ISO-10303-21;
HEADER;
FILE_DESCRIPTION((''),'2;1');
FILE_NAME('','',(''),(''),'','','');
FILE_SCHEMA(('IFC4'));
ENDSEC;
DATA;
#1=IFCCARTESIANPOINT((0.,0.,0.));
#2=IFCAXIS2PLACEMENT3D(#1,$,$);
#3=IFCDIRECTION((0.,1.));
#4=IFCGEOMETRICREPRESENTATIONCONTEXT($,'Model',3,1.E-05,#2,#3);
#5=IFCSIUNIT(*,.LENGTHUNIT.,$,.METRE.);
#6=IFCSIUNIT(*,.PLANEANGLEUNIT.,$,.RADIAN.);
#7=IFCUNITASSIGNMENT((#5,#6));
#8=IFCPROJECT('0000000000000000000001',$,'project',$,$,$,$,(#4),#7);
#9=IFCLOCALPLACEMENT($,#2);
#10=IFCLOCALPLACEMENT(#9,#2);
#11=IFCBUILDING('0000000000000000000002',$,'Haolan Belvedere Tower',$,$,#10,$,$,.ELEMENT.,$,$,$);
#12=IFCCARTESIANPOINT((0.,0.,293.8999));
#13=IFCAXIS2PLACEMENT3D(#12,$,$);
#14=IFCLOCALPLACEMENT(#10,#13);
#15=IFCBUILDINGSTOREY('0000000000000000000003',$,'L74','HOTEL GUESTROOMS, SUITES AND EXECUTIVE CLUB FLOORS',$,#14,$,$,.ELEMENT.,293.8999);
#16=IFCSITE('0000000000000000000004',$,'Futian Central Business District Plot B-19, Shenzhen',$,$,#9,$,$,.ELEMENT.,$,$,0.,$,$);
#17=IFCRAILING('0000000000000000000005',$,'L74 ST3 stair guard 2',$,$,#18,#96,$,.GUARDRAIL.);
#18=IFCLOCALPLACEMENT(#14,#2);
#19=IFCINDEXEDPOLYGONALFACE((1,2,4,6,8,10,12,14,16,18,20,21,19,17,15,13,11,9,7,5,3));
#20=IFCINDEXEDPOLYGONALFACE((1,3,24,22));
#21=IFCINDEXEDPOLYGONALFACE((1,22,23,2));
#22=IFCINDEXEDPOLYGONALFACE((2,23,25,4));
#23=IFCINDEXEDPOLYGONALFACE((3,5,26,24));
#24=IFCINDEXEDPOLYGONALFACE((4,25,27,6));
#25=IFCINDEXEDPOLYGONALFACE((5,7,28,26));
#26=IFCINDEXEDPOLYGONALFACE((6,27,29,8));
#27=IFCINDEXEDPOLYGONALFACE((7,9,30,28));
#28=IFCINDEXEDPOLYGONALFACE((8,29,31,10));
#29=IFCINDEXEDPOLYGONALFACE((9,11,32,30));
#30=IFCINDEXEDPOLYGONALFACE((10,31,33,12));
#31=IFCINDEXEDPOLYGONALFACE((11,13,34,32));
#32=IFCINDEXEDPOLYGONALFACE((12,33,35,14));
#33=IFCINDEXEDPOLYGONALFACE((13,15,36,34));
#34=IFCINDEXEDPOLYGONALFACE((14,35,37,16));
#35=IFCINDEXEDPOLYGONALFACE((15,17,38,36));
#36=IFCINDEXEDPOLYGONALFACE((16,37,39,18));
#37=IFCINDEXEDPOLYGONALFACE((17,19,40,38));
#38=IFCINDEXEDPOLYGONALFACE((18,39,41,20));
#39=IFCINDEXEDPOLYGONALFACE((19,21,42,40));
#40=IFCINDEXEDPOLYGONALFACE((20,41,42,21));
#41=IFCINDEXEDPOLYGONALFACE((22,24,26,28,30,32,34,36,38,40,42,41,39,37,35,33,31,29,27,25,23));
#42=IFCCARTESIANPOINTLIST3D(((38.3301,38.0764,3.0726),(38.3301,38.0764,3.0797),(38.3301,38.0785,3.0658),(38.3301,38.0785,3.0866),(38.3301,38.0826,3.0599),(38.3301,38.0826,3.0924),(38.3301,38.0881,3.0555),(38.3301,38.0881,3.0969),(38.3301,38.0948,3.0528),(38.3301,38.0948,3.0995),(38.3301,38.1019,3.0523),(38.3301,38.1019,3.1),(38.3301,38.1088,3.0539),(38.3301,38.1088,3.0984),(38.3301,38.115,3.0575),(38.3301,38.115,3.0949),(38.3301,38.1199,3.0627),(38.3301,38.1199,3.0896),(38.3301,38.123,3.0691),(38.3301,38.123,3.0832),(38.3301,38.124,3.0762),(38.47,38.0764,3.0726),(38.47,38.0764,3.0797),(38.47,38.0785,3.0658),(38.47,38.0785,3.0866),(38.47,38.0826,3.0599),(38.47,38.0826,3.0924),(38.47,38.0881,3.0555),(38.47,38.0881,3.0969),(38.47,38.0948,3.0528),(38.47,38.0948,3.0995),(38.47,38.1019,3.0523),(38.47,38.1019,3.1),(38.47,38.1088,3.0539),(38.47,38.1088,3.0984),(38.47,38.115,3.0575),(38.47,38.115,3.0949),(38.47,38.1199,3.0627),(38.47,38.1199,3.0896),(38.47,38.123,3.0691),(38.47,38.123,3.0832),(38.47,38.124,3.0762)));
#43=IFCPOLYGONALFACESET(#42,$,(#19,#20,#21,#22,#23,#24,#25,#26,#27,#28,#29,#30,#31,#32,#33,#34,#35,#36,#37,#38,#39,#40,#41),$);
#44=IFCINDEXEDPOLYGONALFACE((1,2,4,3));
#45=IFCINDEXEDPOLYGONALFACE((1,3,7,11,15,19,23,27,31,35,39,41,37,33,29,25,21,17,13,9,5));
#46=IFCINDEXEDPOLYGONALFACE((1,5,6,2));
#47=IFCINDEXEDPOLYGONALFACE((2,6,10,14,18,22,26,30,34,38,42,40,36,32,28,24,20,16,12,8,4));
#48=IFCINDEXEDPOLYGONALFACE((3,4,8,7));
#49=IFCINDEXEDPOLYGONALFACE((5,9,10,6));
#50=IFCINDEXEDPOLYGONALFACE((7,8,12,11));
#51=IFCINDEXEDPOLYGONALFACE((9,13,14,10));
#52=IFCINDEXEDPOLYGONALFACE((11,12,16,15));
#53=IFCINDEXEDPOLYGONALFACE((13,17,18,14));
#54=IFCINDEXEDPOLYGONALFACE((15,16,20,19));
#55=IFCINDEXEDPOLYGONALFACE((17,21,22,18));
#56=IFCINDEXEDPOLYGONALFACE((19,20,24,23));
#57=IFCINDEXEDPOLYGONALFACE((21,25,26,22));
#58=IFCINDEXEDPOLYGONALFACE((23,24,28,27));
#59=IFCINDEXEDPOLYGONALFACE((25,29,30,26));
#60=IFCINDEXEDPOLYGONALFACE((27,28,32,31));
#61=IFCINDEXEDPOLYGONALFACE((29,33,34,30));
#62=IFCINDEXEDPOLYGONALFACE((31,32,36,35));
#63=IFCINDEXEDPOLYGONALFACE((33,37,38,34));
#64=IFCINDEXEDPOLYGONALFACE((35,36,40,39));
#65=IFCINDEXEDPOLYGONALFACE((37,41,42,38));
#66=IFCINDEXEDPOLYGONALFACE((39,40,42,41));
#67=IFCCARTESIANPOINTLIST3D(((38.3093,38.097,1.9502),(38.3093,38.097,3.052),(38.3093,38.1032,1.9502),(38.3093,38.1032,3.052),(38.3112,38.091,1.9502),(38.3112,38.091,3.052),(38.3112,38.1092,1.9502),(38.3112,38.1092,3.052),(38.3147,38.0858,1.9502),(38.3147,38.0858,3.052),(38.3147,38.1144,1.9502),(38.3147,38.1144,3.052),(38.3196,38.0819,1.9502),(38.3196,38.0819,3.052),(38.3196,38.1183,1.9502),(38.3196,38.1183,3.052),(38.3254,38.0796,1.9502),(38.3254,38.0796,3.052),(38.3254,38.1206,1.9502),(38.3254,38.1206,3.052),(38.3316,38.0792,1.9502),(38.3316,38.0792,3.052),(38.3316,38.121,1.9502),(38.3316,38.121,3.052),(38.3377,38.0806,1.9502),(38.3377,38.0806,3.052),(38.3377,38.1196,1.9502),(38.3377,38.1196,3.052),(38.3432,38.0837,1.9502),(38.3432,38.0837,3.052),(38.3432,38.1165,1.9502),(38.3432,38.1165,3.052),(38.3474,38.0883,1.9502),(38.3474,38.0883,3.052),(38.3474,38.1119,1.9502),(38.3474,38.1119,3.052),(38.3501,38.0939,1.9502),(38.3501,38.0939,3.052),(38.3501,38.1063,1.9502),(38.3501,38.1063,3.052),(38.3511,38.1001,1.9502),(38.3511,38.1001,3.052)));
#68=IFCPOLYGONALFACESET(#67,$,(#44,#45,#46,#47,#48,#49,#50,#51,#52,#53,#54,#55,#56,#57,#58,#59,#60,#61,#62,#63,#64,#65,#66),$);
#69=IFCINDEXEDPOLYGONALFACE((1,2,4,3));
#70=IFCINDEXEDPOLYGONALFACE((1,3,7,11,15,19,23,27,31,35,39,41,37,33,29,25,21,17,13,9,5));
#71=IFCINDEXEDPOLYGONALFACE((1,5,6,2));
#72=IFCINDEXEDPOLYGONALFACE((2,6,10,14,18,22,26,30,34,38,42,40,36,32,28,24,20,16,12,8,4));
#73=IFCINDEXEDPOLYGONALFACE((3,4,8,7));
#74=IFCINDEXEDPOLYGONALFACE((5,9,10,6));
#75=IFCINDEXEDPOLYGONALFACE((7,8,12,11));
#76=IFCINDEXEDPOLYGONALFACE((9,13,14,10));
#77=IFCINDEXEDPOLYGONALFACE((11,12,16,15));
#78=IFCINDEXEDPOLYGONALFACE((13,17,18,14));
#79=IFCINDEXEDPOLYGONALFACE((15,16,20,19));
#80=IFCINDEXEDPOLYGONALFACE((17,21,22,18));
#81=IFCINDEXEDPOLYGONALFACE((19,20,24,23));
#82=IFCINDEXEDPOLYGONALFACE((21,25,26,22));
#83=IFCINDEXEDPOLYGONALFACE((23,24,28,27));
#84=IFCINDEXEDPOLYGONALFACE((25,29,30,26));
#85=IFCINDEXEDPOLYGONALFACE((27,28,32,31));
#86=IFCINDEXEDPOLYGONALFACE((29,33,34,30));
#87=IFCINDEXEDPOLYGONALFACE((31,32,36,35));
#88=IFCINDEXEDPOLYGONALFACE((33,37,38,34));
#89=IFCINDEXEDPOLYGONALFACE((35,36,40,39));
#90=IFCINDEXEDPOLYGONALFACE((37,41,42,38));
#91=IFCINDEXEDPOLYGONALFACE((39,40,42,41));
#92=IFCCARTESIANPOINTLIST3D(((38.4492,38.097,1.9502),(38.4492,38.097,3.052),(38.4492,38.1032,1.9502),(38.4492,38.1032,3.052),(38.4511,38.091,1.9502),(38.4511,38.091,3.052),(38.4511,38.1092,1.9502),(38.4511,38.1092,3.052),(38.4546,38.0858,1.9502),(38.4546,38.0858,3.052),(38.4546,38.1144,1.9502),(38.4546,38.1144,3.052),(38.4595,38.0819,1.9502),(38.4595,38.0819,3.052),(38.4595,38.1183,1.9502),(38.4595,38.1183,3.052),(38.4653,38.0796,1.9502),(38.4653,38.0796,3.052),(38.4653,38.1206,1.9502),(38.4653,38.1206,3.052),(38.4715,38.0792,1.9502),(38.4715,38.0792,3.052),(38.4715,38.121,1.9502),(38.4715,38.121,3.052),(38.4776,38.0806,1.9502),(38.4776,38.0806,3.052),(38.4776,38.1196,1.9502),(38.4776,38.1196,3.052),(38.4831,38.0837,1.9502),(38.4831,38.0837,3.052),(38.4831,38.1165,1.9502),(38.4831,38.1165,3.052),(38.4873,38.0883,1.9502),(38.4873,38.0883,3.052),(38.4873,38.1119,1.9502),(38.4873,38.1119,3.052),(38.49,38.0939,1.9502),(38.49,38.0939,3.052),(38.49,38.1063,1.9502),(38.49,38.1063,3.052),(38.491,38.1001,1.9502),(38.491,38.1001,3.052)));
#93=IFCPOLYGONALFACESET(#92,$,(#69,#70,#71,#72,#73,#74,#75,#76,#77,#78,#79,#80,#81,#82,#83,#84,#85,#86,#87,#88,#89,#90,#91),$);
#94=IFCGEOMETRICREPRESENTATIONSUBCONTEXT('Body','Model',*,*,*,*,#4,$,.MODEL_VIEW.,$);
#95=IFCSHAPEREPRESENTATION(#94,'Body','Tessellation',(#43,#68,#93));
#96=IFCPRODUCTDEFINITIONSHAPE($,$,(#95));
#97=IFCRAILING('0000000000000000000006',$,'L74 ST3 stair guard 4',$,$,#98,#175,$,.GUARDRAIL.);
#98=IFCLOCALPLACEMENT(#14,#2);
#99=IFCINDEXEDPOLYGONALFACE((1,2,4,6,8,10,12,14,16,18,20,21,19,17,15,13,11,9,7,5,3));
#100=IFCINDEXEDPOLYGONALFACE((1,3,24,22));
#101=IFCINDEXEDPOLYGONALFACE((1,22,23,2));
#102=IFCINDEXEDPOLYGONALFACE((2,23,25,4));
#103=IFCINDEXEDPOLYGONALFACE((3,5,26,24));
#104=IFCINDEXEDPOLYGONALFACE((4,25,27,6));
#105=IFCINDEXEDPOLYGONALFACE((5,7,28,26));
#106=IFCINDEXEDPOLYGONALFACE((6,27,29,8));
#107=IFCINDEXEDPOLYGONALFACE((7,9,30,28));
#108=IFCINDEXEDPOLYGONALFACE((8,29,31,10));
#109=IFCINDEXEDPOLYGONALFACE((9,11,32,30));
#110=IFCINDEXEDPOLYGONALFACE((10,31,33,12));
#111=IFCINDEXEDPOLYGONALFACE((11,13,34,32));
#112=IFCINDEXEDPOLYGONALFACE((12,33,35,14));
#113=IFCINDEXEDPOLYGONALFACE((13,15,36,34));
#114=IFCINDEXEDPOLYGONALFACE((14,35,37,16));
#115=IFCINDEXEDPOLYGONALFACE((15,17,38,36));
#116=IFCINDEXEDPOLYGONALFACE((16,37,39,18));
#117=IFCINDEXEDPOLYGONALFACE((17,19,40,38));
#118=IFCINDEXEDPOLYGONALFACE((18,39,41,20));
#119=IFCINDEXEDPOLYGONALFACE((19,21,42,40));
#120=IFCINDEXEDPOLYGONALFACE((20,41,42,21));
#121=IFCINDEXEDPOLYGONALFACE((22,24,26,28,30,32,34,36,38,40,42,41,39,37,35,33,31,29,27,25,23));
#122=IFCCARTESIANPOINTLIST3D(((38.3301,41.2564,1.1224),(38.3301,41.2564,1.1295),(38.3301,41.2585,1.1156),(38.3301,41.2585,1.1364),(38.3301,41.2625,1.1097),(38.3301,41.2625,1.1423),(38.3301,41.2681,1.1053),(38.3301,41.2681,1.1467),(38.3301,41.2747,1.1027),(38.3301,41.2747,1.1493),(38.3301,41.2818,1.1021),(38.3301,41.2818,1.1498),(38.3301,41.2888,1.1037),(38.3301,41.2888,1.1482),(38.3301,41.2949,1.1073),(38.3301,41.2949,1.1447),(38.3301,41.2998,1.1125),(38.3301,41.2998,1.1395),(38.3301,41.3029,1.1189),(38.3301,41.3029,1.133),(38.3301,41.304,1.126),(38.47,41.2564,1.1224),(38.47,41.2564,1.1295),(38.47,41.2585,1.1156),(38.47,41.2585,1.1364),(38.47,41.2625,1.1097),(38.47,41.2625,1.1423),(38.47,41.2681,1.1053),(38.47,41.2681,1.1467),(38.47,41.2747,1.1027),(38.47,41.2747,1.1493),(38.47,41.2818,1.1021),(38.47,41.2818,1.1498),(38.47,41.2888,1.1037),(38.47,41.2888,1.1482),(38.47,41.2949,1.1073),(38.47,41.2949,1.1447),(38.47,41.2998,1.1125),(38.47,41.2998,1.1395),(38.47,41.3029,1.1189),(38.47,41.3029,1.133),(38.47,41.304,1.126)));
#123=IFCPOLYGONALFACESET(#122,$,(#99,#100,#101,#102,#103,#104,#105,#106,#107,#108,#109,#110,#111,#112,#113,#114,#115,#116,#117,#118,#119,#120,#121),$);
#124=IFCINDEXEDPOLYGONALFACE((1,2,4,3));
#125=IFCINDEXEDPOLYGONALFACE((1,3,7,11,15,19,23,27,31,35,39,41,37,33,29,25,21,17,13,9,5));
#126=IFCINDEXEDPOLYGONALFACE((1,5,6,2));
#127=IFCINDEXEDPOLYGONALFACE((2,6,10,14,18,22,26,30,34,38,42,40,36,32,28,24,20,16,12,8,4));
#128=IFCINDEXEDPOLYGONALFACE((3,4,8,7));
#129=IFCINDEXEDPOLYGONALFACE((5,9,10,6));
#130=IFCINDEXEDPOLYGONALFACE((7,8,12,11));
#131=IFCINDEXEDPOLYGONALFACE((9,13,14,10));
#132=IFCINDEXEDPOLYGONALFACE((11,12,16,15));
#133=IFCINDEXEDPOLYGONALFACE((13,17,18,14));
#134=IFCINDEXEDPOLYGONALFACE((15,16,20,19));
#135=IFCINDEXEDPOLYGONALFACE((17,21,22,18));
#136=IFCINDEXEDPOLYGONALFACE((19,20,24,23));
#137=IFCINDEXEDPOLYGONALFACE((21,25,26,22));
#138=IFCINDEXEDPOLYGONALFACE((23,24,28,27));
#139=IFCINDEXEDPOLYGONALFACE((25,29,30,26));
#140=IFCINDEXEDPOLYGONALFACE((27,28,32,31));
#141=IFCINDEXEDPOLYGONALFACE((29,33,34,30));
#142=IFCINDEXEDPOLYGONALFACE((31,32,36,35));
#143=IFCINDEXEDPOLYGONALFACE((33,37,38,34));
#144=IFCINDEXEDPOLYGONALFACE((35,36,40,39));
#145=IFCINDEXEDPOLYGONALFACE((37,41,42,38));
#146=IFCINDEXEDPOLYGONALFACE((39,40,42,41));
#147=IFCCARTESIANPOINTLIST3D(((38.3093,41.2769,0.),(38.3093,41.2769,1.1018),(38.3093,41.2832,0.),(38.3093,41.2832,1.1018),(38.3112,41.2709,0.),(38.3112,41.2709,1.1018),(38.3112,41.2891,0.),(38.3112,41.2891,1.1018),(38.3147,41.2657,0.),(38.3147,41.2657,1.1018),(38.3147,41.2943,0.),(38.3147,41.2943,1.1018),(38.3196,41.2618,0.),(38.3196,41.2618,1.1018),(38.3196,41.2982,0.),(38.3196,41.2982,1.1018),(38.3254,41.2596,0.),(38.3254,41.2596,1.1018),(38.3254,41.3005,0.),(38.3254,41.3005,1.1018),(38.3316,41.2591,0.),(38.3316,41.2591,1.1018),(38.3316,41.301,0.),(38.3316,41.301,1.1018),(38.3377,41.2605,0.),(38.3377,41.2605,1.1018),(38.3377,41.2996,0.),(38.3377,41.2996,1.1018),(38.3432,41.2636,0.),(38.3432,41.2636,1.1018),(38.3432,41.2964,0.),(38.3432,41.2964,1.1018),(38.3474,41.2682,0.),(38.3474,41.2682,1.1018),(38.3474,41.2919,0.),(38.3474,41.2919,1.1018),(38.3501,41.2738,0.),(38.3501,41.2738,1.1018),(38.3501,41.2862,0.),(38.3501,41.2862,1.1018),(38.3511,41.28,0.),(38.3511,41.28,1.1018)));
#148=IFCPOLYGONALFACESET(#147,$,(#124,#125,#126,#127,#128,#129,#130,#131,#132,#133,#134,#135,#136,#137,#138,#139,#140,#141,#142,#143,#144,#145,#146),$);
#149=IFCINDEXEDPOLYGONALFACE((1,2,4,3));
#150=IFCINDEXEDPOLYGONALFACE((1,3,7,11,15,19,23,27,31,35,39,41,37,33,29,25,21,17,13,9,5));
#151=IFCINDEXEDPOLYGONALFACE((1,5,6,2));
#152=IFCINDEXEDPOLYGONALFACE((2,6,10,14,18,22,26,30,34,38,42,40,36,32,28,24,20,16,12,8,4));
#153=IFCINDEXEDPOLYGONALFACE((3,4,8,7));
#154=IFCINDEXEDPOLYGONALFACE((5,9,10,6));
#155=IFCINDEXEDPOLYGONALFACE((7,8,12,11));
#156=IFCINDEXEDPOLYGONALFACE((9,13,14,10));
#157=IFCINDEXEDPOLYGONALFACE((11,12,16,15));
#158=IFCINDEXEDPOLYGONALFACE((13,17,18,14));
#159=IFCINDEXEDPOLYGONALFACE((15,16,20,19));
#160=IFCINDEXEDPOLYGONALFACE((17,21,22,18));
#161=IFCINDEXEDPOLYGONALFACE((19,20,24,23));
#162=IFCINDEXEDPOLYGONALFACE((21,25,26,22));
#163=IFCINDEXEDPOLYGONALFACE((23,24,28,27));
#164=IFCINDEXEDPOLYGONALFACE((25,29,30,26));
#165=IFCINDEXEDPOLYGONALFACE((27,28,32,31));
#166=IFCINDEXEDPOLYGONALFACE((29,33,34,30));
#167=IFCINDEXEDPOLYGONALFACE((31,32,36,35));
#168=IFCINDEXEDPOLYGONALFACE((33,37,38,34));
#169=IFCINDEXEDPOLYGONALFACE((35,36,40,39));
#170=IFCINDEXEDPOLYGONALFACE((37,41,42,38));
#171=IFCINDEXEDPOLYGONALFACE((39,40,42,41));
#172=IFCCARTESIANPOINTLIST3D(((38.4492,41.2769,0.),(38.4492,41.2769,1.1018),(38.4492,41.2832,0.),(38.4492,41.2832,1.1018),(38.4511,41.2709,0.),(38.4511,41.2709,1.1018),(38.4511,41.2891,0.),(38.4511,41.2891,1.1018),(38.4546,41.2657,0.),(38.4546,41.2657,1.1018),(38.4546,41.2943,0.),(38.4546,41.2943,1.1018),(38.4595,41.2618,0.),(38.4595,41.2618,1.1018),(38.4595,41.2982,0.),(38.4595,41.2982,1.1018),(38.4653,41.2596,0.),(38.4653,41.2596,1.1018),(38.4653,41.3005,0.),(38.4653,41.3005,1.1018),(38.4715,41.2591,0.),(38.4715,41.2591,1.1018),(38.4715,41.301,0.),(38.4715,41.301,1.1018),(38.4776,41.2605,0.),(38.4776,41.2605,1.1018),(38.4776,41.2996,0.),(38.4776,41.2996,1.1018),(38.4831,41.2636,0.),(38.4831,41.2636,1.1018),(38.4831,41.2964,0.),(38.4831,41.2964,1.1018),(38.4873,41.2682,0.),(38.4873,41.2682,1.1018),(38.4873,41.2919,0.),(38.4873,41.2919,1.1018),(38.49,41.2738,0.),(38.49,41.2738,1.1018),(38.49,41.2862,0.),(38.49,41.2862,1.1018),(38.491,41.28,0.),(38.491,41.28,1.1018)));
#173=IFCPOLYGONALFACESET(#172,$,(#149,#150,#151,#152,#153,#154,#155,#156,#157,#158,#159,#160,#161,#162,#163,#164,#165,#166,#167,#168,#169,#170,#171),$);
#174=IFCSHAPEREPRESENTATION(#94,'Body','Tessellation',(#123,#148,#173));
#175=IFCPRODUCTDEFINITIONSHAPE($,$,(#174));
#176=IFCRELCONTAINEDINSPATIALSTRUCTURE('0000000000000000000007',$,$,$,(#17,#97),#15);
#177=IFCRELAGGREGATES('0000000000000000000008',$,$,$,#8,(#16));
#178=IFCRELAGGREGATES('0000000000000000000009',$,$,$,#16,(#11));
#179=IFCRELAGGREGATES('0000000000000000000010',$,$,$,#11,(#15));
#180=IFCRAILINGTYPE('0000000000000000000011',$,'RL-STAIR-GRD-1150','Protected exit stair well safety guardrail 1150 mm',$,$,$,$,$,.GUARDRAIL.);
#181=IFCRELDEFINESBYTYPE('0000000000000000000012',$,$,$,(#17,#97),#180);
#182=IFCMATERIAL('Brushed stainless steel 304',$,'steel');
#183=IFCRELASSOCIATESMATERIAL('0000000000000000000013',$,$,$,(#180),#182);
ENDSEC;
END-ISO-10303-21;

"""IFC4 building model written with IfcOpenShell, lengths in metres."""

from ifc_helpers import new_model, si_unit, direction, frame, origin, origin_2d, place, context, subcontext, project, spatial, circle, extrude, material, type_object, element, save


model = new_model("IFC4")

# Units and contexts
model_context = context("Model", 3, precision=1e-05, world=origin(), true_north=direction((0.0, 1.0)))
body_context = subcontext(model_context, "Body", "Model", "MODEL_VIEW")
ifc_project = project(units=[si_unit("LENGTHUNIT", "METRE"), si_unit("PLANEANGLEUNIT", "RADIAN")], contexts=[model_context])

# Site, building, storey
site_placement = place(None, origin())
site = spatial("IfcSite", under=ifc_project, at=site_placement, Name="Futian Central Business District Plot B-19, Shenzhen", CompositionType="ELEMENT", RefElevation=0.0)
building_placement = place(site_placement, origin())
building = spatial("IfcBuilding", under=site, at=building_placement, Name="Haolan Belvedere Tower", CompositionType="ELEMENT")
storey_placement = place(building_placement, frame((0.0, 0.0, 293.8999)))
storey = spatial("IfcBuildingStorey", under=building, at=storey_placement, Name="L74", Description="HOTEL GUESTROOMS, SUITES AND EXECUTIVE CLUB FLOORS", CompositionType="ELEMENT", Elevation=293.8999)

# Railings
ifc_material_1 = material(Name="Brushed stainless steel 304", Category="steel")
railing_type_1 = type_object("IfcRailingType", Name="RL-STAIR-GRD-1150", Description="Protected exit stair well safety guardrail 1150 mm", PredefinedType="GUARDRAIL", material=ifc_material_1)
for number, where, name in (
    (1, (38.3301, 38.1001, 1.9502), "L74 ST3 stair guard 2"),
    (2, (38.3301, 41.28, 0.0), "L74 ST3 stair guard 4"),
):
    element("IfcRailing", number, at=place(storey_placement, frame(where)), inside=storey, type_object=railing_type_1, Name=name, PredefinedType="GUARDRAIL", context=body_context, shape_type="SweptSolid", body=[
        extrude(circle(Radius=0.0239, at=origin_2d()), frame((0.0, 0.0, 1.126), z_axis=(1.0, 0.0, 0.0), x_axis=(0.0, 1.0, 0.0)), (0.0, 0.0, 1.0), 0.1399),
        extrude(circle(Radius=0.021, at=origin_2d()), origin(), (0.0, 0.0, 1.0), 1.1018),
        extrude(circle(Radius=0.021, at=origin_2d()), frame((0.1399, 0.0, 0.0)), (0.0, 0.0, 1.0), 1.1018),
    ])

save(model, "model.ifc")
